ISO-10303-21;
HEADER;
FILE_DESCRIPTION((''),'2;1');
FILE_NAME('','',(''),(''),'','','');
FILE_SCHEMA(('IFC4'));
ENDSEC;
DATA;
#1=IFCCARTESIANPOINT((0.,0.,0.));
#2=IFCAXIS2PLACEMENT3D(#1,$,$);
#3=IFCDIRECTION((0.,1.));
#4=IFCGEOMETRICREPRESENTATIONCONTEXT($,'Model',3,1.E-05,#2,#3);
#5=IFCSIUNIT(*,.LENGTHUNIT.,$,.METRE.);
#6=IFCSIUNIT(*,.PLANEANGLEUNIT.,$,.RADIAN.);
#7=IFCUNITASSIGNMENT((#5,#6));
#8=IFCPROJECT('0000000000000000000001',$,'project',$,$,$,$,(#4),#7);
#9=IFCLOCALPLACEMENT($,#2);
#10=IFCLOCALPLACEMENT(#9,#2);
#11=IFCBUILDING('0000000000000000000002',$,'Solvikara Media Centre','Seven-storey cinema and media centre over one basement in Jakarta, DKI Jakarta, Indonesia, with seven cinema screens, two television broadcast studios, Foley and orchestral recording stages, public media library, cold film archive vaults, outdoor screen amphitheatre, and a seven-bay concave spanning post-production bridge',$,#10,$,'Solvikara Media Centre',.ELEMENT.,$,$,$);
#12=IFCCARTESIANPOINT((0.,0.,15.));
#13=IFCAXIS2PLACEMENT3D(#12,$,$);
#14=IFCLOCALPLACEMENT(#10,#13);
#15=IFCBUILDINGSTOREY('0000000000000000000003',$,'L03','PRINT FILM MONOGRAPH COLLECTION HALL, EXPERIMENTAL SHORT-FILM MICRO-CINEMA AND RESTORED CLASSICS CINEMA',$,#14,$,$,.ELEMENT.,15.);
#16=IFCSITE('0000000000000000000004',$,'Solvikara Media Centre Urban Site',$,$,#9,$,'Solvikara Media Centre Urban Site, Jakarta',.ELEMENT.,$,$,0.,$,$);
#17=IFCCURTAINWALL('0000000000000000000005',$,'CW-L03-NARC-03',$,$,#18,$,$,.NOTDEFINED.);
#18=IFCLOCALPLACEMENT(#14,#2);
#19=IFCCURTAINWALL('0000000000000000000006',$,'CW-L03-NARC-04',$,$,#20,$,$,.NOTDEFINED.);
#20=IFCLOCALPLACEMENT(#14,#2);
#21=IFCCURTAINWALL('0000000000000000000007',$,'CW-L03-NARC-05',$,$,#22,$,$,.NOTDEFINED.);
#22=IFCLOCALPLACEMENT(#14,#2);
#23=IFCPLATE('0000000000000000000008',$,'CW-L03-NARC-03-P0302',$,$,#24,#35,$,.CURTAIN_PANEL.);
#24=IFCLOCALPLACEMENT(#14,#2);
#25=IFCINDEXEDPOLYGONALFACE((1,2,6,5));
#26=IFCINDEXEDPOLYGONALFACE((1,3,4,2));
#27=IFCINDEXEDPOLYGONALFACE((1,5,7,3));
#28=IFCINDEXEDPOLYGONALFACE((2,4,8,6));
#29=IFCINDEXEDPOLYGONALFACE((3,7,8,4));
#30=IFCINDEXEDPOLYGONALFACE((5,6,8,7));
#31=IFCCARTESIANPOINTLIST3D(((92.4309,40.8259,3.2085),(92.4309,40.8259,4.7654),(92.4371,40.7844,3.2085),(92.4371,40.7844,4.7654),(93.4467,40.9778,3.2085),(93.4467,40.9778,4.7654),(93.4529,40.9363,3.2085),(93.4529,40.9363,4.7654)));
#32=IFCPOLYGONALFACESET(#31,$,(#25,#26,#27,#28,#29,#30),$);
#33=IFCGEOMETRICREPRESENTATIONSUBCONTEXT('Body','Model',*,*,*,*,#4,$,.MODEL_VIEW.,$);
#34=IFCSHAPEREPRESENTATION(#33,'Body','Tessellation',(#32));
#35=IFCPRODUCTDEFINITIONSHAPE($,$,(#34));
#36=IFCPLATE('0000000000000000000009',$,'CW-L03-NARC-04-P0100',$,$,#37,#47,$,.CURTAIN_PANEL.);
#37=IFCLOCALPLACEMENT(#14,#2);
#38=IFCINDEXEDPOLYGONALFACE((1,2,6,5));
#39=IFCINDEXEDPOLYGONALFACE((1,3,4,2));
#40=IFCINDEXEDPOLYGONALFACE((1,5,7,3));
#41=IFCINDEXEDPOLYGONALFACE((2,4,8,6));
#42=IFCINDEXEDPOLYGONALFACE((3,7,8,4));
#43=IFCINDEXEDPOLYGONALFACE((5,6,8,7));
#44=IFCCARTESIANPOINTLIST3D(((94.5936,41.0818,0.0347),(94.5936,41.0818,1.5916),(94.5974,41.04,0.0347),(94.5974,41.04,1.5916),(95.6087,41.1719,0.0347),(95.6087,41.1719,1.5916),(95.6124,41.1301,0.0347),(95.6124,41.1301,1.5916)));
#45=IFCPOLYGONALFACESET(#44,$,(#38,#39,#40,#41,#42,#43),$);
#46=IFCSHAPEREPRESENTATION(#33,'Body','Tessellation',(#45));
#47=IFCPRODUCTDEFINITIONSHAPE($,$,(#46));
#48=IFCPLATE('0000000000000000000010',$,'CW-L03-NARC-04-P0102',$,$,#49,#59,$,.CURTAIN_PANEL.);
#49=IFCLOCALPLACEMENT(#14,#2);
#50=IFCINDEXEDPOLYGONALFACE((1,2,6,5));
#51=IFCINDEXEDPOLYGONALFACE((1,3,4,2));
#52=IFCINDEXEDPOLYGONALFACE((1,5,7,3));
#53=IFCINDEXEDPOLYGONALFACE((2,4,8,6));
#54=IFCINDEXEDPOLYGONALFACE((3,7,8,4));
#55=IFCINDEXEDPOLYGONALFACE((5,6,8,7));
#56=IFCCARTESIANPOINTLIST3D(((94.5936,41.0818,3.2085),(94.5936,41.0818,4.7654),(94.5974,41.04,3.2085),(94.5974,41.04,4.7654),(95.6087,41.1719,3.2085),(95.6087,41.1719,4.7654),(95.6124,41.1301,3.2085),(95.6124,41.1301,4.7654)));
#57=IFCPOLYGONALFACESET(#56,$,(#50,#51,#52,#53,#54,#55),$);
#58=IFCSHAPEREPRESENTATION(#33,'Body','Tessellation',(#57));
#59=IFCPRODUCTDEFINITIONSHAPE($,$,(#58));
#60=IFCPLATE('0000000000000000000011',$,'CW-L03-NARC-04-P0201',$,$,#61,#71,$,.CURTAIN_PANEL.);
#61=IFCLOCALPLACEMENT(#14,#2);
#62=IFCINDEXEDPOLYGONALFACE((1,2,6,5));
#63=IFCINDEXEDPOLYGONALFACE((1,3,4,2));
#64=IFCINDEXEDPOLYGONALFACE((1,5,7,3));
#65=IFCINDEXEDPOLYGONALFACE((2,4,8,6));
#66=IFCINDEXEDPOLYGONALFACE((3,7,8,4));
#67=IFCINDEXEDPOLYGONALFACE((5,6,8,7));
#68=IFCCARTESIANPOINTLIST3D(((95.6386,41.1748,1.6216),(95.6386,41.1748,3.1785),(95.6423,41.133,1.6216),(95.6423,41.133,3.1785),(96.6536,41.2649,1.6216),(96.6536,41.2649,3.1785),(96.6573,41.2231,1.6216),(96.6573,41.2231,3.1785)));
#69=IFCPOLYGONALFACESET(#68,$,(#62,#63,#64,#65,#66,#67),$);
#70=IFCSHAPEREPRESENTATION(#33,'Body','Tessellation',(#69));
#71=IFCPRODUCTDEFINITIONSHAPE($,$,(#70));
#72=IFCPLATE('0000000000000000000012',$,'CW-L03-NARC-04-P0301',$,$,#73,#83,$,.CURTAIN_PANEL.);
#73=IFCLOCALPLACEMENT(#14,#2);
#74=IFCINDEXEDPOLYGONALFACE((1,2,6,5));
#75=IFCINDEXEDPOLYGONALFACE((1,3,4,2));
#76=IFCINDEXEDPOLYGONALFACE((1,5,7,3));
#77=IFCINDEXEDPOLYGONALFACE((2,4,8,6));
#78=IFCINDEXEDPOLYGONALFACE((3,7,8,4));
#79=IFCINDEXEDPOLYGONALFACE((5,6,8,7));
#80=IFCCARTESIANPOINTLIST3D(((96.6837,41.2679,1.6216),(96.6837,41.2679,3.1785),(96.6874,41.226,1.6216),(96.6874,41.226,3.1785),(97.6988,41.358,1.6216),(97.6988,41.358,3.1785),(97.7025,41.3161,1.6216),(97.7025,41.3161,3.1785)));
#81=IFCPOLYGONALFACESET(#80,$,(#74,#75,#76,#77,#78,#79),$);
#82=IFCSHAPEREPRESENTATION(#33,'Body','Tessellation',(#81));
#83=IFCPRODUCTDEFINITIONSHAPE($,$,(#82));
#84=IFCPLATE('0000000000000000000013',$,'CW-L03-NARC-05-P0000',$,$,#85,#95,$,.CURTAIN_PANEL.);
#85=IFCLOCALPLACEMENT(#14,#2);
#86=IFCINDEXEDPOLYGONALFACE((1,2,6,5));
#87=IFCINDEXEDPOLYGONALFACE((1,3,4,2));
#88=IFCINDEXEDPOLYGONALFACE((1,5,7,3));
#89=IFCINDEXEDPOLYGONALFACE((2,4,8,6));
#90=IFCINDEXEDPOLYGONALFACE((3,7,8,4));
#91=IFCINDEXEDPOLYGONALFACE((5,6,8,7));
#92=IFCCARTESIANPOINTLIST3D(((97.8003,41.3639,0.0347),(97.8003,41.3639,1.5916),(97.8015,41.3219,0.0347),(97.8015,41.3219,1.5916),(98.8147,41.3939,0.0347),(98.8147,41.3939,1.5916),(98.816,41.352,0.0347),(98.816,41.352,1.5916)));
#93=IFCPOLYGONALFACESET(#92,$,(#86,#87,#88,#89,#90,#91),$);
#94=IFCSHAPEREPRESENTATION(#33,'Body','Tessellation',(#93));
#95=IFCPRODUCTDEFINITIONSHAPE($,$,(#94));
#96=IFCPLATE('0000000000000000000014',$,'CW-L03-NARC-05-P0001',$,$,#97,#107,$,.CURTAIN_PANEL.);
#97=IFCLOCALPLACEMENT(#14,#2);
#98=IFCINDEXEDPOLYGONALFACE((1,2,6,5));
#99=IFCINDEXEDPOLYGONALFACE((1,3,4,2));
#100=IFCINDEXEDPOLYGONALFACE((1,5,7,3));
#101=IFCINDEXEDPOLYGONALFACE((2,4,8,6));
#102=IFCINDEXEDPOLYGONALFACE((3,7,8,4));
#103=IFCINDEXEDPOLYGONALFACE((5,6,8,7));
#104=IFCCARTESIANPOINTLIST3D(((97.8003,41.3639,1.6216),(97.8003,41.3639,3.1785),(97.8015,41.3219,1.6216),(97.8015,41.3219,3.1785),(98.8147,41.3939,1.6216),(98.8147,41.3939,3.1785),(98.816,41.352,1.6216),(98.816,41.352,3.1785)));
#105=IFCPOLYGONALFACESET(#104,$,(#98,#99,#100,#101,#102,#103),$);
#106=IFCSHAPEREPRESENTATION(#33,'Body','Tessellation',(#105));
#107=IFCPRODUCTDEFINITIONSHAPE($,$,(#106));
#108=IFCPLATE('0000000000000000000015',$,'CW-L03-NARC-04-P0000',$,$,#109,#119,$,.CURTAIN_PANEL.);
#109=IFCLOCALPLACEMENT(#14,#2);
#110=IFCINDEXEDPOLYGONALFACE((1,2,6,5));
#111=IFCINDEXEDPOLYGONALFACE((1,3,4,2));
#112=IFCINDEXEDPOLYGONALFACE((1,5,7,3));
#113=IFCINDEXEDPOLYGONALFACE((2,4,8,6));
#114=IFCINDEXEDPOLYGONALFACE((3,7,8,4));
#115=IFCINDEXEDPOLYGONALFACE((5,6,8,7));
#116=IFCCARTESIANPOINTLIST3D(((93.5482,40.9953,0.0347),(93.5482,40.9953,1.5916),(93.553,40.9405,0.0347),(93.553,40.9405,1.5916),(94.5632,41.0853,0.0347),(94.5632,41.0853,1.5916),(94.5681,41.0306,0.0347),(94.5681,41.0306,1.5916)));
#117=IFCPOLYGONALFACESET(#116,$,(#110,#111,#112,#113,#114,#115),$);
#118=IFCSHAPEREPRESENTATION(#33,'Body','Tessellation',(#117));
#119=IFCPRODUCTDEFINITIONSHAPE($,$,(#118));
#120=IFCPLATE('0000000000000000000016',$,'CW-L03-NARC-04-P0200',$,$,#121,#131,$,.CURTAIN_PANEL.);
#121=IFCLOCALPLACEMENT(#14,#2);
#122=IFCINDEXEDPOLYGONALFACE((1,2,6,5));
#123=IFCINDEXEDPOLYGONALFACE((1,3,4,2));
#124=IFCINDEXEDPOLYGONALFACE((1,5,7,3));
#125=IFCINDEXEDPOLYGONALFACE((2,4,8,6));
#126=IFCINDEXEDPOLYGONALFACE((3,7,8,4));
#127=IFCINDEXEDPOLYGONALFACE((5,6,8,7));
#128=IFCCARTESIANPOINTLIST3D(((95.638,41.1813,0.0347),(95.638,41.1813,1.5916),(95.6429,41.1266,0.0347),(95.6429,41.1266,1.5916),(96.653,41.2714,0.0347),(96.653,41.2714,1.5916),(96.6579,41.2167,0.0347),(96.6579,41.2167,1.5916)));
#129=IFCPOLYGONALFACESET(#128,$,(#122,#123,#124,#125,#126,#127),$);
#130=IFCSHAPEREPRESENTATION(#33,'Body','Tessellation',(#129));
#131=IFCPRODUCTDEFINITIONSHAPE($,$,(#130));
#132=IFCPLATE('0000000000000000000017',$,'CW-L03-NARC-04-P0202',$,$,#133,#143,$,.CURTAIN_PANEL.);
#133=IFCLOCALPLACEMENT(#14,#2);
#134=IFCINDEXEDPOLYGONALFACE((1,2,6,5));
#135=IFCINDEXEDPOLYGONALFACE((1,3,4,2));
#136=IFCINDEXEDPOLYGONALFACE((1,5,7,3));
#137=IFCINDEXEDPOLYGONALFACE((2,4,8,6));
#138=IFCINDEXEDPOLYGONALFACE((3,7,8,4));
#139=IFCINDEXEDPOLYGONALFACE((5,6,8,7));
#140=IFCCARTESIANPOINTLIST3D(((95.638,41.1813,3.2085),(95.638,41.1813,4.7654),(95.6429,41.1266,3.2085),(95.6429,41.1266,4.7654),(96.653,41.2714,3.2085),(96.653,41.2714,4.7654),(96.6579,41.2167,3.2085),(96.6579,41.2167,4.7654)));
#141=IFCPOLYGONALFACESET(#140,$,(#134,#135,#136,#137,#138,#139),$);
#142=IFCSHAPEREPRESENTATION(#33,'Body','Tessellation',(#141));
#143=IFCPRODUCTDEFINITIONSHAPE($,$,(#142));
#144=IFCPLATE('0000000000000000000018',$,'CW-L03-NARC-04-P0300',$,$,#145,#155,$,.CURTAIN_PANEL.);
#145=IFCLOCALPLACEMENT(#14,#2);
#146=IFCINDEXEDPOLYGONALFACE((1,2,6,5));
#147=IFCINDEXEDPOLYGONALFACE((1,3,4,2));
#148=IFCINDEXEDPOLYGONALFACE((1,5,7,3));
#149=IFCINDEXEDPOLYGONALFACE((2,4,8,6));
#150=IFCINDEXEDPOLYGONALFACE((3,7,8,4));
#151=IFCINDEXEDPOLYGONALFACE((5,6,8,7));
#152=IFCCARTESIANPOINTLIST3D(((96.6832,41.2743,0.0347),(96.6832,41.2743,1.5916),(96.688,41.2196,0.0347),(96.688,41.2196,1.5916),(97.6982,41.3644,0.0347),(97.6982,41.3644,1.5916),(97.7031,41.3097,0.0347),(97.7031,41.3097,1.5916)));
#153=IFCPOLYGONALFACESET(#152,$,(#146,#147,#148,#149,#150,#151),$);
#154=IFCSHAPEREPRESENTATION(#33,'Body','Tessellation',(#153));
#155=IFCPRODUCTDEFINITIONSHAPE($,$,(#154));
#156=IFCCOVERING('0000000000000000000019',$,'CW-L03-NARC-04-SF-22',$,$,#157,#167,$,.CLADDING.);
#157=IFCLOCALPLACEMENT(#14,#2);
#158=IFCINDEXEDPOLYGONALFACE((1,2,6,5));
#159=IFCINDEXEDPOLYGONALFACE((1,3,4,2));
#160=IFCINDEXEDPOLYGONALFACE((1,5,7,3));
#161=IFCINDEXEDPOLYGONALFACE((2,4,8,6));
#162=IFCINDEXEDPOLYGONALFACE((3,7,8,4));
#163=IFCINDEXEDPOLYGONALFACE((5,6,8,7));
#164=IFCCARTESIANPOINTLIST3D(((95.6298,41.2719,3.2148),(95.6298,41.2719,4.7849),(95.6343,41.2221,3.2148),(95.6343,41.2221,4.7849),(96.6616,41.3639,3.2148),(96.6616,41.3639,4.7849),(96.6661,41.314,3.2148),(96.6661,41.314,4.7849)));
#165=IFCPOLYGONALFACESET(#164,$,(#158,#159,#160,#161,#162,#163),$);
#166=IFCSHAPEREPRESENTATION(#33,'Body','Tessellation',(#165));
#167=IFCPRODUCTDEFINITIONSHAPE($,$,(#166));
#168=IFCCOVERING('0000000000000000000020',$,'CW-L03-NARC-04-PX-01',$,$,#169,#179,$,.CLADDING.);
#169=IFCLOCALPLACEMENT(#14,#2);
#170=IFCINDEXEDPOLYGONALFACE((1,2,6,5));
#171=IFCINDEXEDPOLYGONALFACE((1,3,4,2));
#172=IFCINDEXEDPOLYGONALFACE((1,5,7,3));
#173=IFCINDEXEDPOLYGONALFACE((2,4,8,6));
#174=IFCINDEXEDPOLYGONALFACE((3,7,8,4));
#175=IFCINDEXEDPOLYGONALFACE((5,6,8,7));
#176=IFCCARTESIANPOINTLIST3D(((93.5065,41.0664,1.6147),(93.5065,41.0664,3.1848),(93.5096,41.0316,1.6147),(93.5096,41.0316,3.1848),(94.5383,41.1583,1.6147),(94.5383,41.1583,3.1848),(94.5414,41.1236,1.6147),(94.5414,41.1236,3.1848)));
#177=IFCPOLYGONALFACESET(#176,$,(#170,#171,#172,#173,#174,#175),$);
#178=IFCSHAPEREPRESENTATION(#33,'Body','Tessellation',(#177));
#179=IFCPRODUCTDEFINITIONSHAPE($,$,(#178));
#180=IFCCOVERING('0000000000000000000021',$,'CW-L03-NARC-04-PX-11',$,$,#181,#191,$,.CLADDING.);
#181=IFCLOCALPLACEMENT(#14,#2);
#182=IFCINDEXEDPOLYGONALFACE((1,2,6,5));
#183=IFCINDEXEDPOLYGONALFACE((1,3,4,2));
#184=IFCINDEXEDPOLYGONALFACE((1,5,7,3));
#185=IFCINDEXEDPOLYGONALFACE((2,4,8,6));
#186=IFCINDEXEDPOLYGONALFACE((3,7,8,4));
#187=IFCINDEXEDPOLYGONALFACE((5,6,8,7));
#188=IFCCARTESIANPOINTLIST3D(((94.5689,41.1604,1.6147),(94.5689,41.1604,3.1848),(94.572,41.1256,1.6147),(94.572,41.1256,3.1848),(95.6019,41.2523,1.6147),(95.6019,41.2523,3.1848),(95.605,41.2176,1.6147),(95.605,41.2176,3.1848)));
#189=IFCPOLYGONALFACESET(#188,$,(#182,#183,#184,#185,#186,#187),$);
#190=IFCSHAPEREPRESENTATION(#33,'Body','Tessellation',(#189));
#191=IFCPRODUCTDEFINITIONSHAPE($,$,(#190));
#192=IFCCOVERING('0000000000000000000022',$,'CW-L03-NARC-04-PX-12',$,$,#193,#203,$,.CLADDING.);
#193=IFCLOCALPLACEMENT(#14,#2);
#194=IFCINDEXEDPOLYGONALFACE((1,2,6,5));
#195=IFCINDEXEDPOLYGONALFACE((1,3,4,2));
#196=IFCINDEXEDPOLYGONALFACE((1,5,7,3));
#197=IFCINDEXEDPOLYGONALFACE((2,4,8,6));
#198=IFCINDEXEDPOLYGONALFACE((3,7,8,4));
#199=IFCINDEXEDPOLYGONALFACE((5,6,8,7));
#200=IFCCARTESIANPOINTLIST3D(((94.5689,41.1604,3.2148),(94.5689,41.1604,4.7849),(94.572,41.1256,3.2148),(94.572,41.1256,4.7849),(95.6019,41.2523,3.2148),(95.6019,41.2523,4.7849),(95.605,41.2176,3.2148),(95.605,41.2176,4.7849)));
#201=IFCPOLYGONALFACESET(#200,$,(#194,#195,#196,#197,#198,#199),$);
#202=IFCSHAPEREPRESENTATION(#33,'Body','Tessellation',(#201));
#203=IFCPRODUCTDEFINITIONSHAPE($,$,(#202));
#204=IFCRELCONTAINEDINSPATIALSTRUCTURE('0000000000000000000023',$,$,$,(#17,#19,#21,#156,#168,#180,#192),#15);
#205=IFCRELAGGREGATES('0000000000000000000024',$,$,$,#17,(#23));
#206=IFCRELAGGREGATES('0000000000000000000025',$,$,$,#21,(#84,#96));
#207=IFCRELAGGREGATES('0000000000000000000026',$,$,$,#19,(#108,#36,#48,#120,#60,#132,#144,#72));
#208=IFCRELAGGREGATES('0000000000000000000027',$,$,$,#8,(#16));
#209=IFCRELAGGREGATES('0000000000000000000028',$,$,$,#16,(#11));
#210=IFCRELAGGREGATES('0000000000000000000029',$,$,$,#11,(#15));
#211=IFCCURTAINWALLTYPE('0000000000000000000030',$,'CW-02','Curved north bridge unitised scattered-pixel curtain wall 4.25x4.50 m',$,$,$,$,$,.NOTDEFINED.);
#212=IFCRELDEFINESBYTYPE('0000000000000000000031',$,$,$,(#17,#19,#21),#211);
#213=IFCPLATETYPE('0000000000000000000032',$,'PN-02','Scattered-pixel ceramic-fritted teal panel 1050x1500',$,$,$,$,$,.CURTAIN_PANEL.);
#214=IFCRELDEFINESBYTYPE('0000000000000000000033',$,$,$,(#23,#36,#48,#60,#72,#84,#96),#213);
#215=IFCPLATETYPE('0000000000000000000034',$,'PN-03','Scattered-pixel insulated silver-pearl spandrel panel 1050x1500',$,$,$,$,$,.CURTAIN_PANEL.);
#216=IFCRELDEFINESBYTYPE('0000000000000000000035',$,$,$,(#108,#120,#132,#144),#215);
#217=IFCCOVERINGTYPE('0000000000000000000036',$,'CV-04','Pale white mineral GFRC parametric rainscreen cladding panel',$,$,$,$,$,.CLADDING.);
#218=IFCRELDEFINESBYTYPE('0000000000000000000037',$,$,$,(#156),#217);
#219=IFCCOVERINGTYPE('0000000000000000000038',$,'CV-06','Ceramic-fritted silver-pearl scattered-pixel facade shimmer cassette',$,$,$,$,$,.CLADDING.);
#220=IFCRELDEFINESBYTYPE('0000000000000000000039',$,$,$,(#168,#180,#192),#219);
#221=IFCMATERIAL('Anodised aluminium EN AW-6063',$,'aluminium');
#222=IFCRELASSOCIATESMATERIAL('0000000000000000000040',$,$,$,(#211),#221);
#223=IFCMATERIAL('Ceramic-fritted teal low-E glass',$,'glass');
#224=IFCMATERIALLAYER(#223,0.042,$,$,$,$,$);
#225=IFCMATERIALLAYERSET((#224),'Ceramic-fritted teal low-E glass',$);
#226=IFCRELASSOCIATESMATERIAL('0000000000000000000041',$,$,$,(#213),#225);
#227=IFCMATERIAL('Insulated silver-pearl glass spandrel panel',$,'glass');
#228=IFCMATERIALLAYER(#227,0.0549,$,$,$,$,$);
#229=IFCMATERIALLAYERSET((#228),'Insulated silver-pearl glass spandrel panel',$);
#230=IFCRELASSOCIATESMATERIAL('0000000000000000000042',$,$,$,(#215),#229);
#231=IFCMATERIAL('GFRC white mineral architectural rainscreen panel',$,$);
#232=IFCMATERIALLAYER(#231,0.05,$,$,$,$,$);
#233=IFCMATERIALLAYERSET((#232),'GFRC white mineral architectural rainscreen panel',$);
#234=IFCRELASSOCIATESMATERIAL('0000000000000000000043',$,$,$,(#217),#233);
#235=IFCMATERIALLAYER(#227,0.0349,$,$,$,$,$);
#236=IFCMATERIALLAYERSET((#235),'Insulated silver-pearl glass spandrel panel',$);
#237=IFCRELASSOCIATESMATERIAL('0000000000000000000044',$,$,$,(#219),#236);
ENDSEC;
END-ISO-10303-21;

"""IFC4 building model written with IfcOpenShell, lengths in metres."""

from ifc_helpers import new_model, si_unit, direction, frame, origin, origin_2d, place, context, subcontext, project, spatial, rectangle, extrude, material, layer, layer_set, type_object, element, aggregate, save


model = new_model("IFC4")

# Units and contexts
model_context = context("Model", 3, precision=1e-05, world=origin(), true_north=direction((0.0, 1.0)))
body_context = subcontext(model_context, "Body", "Model", "MODEL_VIEW")
ifc_project = project(units=[si_unit("LENGTHUNIT", "METRE"), si_unit("PLANEANGLEUNIT", "RADIAN")], contexts=[model_context])

# Site, building, storey
site_placement = place(None, origin())
site = spatial("IfcSite", under=ifc_project, at=site_placement, Name="Solvikara Media Centre Urban Site", LongName="Solvikara Media Centre Urban Site, Jakarta", CompositionType="ELEMENT", RefElevation=0.0)
building_placement = place(site_placement, origin())
building = spatial("IfcBuilding", under=site, at=building_placement, Name="Solvikara Media Centre", Description="Seven-storey cinema and media centre over one basement in Jakarta, DKI Jakarta, Indonesia, with seven cinema screens, two television broadcast studios, Foley and orchestral recording stages, public media library, cold film archive vaults, outdoor screen amphitheatre, and a seven-bay concave spanning post-production bridge", LongName="Solvikara Media Centre", CompositionType="ELEMENT")
storey_placement = place(building_placement, frame((0.0, 0.0, 15.0)))
storey = spatial("IfcBuildingStorey", under=building, at=storey_placement, Name="L03", Description="PRINT FILM MONOGRAPH COLLECTION HALL, EXPERIMENTAL SHORT-FILM MICRO-CINEMA AND RESTORED CLASSICS CINEMA", CompositionType="ELEMENT", Elevation=15.0)

# Curtain wall
ifc_material_1 = material(Name="Anodised aluminium EN AW-6063", Category="aluminium")
curtain_wall_type = type_object("IfcCurtainWallType", Name="CW-02", Description="Curved north bridge unitised scattered-pixel curtain wall 4.25x4.50 m", PredefinedType="NOTDEFINED", material=ifc_material_1)
curtain_wall_1_placement = place(storey_placement, origin())
curtain_wall_1 = element("IfcCurtainWall", 1, at=curtain_wall_1_placement, inside=storey, type_object=curtain_wall_type, Name="CW-L03-NARC-03", PredefinedType="NOTDEFINED")

# Curtain wall
curtain_wall_2_placement = place(storey_placement, origin())
curtain_wall_2 = element("IfcCurtainWall", 2, at=curtain_wall_2_placement, inside=storey, type_object=curtain_wall_type, Name="CW-L03-NARC-04", PredefinedType="NOTDEFINED")

# Curtain wall
curtain_wall_3_placement = place(storey_placement, origin())
curtain_wall_3 = element("IfcCurtainWall", 3, at=curtain_wall_3_placement, inside=storey, type_object=curtain_wall_type, Name="CW-L03-NARC-05", PredefinedType="NOTDEFINED")

# Plates
ifc_material_2 = material(Name="Ceramic-fritted teal low-E glass", Category="glass")
ifc_layer_1 = layer(ifc_material_2, 0.042)
ifc_layer_set_1 = layer_set([ifc_layer_1], Name="Ceramic-fritted teal low-E glass")
plate_type_1 = type_object("IfcPlateType", Name="PN-02", Description="Scattered-pixel ceramic-fritted teal panel 1050x1500", PredefinedType="CURTAIN_PANEL", material=ifc_layer_set_1)
plate_1_placement = place(storey_placement, frame((92.9419, 40.8811, 3.2085), z_axis=(0.0, 0.0, 1.0), x_axis=(0.989006, 0.147878, 0.0)))
plate_1 = element("IfcPlate", 4, at=plate_1_placement, type_object=plate_type_1, Name="CW-L03-NARC-03-P0302", PredefinedType="CURTAIN_PANEL", context=body_context, shape_type="SweptSolid", body=[
    extrude(rectangle(XDim=1.0271, YDim=0.042, at=origin_2d()), origin(), (0.0, 0.0, 1.0), 1.5569),
])
aggregate(curtain_wall_1, [plate_1])
plate_2_placement = place(storey_placement, frame((95.103, 41.106, 0.0347), z_axis=(0.0, 0.0, 1.0), x_axis=(0.996084, 0.088408, 0.0)))
plate_2 = element("IfcPlate", 5, at=plate_2_placement, type_object=plate_type_1, Name="CW-L03-NARC-04-P0100", PredefinedType="CURTAIN_PANEL", context=body_context, shape_type="SweptSolid", body=[
    extrude(rectangle(XDim=1.019, YDim=0.042, at=origin_2d()), origin(), (0.0, 0.0, 1.0), 1.5569),
])
plate_3_placement = place(storey_placement, frame((95.103, 41.106, 3.2085), z_axis=(0.0, 0.0, 1.0), x_axis=(0.996084, 0.088408, 0.0)))
plate_3 = element("IfcPlate", 6, at=plate_3_placement, type_object=plate_type_1, Name="CW-L03-NARC-04-P0102", PredefinedType="CURTAIN_PANEL", context=body_context, shape_type="SweptSolid", body=[
    extrude(rectangle(XDim=1.019, YDim=0.042, at=origin_2d()), origin(), (0.0, 0.0, 1.0), 1.5569),
])
plate_4_placement = place(storey_placement, frame((96.1479, 41.199, 1.6216), z_axis=(0.0, 0.0, 1.0), x_axis=(0.996084, 0.088408, 0.0)))
plate_4 = element("IfcPlate", 7, at=plate_4_placement, type_object=plate_type_1, Name="CW-L03-NARC-04-P0201", PredefinedType="CURTAIN_PANEL", context=body_context, shape_type="SweptSolid", body=[
    extrude(rectangle(XDim=1.019, YDim=0.042, at=origin_2d()), origin(), (0.0, 0.0, 1.0), 1.5569),
])
plate_5_placement = place(storey_placement, frame((97.1931, 41.292, 1.6216), z_axis=(0.0, 0.0, 1.0), x_axis=(0.996084, 0.088408, 0.0)))
plate_5 = element("IfcPlate", 8, at=plate_5_placement, type_object=plate_type_1, Name="CW-L03-NARC-04-P0301", PredefinedType="CURTAIN_PANEL", context=body_context, shape_type="SweptSolid", body=[
    extrude(rectangle(XDim=1.019, YDim=0.042, at=origin_2d()), origin(), (0.0, 0.0, 1.0), 1.5569),
])
plate_6_placement = place(storey_placement, frame((98.3081, 41.3579, 0.0347), z_axis=(0.0, 0.0, 1.0), x_axis=(0.99956, 0.029649, 0.0)))
plate_6 = element("IfcPlate", 9, at=plate_6_placement, type_object=plate_type_1, Name="CW-L03-NARC-05-P0000", PredefinedType="CURTAIN_PANEL", context=body_context, shape_type="SweptSolid", body=[
    extrude(rectangle(XDim=1.0149, YDim=0.042, at=origin_2d()), origin(), (0.0, 0.0, 1.0), 1.5569),
])
plate_7_placement = place(storey_placement, frame((98.3081, 41.3579, 1.6216), z_axis=(0.0, 0.0, 1.0), x_axis=(0.99956, 0.029649, 0.0)))
plate_7 = element("IfcPlate", 10, at=plate_7_placement, type_object=plate_type_1, Name="CW-L03-NARC-05-P0001", PredefinedType="CURTAIN_PANEL", context=body_context, shape_type="SweptSolid", body=[
    extrude(rectangle(XDim=1.0149, YDim=0.042, at=origin_2d()), origin(), (0.0, 0.0, 1.0), 1.5569),
])
aggregate(curtain_wall_3, [plate_6, plate_7])
ifc_material_3 = material(Name="Insulated silver-pearl glass spandrel panel", Category="glass")
ifc_layer_2 = layer(ifc_material_3, 0.0549)
ifc_layer_set_2 = layer_set([ifc_layer_2], Name="Insulated silver-pearl glass spandrel panel")
plate_type_2 = type_object("IfcPlateType", Name="PN-03", Description="Scattered-pixel insulated silver-pearl spandrel panel 1050x1500", PredefinedType="CURTAIN_PANEL", material=ifc_layer_set_2)
plate_8_placement = place(storey_placement, frame((94.0581, 41.0129, 0.0347), z_axis=(0.0, 0.0, 1.0), x_axis=(0.996084, 0.088408, 0.0)))
plate_8 = element("IfcPlate", 11, at=plate_8_placement, type_object=plate_type_2, Name="CW-L03-NARC-04-P0000", PredefinedType="CURTAIN_PANEL", context=body_context, shape_type="SweptSolid", body=[
    extrude(rectangle(XDim=1.019, YDim=0.0549, at=origin_2d()), origin(), (0.0, 0.0, 1.0), 1.5569),
])
plate_9_placement = place(storey_placement, frame((96.1479, 41.199, 0.0347), z_axis=(0.0, 0.0, 1.0), x_axis=(0.996084, 0.088408, 0.0)))
plate_9 = element("IfcPlate", 12, at=plate_9_placement, type_object=plate_type_2, Name="CW-L03-NARC-04-P0200", PredefinedType="CURTAIN_PANEL", context=body_context, shape_type="SweptSolid", body=[
    extrude(rectangle(XDim=1.019, YDim=0.0549, at=origin_2d()), origin(), (0.0, 0.0, 1.0), 1.5569),
])
plate_10_placement = place(storey_placement, frame((96.1479, 41.199, 3.2085), z_axis=(0.0, 0.0, 1.0), x_axis=(0.996084, 0.088408, 0.0)))
plate_10 = element("IfcPlate", 13, at=plate_10_placement, type_object=plate_type_2, Name="CW-L03-NARC-04-P0202", PredefinedType="CURTAIN_PANEL", context=body_context, shape_type="SweptSolid", body=[
    extrude(rectangle(XDim=1.019, YDim=0.0549, at=origin_2d()), origin(), (0.0, 0.0, 1.0), 1.5569),
])
plate_11_placement = place(storey_placement, frame((97.1931, 41.292, 0.0347), z_axis=(0.0, 0.0, 1.0), x_axis=(0.996084, 0.088408, 0.0)))
plate_11 = element("IfcPlate", 14, at=plate_11_placement, type_object=plate_type_2, Name="CW-L03-NARC-04-P0300", PredefinedType="CURTAIN_PANEL", context=body_context, shape_type="SweptSolid", body=[
    extrude(rectangle(XDim=1.019, YDim=0.0549, at=origin_2d()), origin(), (0.0, 0.0, 1.0), 1.5569),
])
aggregate(curtain_wall_2, [plate_8, plate_2, plate_3, plate_9, plate_4, plate_10, plate_11, plate_5])

# Coverings
ifc_material_4 = material(Name="GFRC white mineral architectural rainscreen panel")
ifc_layer_3 = layer(ifc_material_4, 0.05)
ifc_layer_set_3 = layer_set([ifc_layer_3], Name="GFRC white mineral architectural rainscreen panel")
covering_type_1 = type_object("IfcCoveringType", Name="CV-04", Description="Pale white mineral GFRC parametric rainscreen cladding panel", PredefinedType="CLADDING", material=ifc_layer_set_3)
covering_1_placement = place(storey_placement, frame((96.1479, 41.293, 3.2148), z_axis=(0.0, 0.0, 1.0), x_axis=(0.99605, 0.08879, 0.0)))
element("IfcCovering", 15, at=covering_1_placement, inside=storey, type_object=covering_type_1, Name="CW-L03-NARC-04-SF-22", PredefinedType="CLADDING", context=body_context, shape_type="SweptSolid", body=[
    extrude(rectangle(XDim=1.0359, YDim=0.05, at=origin_2d()), origin(), (0.0, 0.0, 1.0), 1.5701),
])
ifc_layer_4 = layer(ifc_material_3, 0.0349)
ifc_layer_set_4 = layer_set([ifc_layer_4], Name="Insulated silver-pearl glass spandrel panel")
covering_type_2 = type_object("IfcCoveringType", Name="CV-06", Description="Ceramic-fritted silver-pearl scattered-pixel facade shimmer cassette", PredefinedType="CLADDING", material=ifc_layer_set_4)
covering_2_placement = place(storey_placement, frame((94.0239, 41.095, 1.6147), z_axis=(0.0, 0.0, 1.0), x_axis=(0.99605, 0.08879, 0.0)))
element("IfcCovering", 16, at=covering_2_placement, inside=storey, type_object=covering_type_2, Name="CW-L03-NARC-04-PX-01", PredefinedType="CLADDING", context=body_context, shape_type="SweptSolid", body=[
    extrude(rectangle(XDim=1.0359, YDim=0.0349, at=origin_2d()), origin(), (0.0, 0.0, 1.0), 1.5701),
])
for number, where, z_axis, x_axis, name in (
    (17, (95.0869, 41.189, 1.6147), (0.0, 0.0, 1.0), (0.996058, 0.088703, 0.0), "CW-L03-NARC-04-PX-11"),
    (18, (95.0869, 41.189, 3.2148), (0.0, 0.0, 1.0), (0.996058, 0.088703, 0.0), "CW-L03-NARC-04-PX-12"),
):
    element("IfcCovering", number, at=place(storey_placement, frame(where, z_axis=z_axis, x_axis=x_axis)), inside=storey, type_object=covering_type_2, Name=name, PredefinedType="CLADDING", context=body_context, shape_type="SweptSolid", body=[
        extrude(rectangle(XDim=1.0371, YDim=0.0349, at=origin_2d()), origin(), (0.0, 0.0, 1.0), 1.5701),
    ])

save(model, "model.ifc")
